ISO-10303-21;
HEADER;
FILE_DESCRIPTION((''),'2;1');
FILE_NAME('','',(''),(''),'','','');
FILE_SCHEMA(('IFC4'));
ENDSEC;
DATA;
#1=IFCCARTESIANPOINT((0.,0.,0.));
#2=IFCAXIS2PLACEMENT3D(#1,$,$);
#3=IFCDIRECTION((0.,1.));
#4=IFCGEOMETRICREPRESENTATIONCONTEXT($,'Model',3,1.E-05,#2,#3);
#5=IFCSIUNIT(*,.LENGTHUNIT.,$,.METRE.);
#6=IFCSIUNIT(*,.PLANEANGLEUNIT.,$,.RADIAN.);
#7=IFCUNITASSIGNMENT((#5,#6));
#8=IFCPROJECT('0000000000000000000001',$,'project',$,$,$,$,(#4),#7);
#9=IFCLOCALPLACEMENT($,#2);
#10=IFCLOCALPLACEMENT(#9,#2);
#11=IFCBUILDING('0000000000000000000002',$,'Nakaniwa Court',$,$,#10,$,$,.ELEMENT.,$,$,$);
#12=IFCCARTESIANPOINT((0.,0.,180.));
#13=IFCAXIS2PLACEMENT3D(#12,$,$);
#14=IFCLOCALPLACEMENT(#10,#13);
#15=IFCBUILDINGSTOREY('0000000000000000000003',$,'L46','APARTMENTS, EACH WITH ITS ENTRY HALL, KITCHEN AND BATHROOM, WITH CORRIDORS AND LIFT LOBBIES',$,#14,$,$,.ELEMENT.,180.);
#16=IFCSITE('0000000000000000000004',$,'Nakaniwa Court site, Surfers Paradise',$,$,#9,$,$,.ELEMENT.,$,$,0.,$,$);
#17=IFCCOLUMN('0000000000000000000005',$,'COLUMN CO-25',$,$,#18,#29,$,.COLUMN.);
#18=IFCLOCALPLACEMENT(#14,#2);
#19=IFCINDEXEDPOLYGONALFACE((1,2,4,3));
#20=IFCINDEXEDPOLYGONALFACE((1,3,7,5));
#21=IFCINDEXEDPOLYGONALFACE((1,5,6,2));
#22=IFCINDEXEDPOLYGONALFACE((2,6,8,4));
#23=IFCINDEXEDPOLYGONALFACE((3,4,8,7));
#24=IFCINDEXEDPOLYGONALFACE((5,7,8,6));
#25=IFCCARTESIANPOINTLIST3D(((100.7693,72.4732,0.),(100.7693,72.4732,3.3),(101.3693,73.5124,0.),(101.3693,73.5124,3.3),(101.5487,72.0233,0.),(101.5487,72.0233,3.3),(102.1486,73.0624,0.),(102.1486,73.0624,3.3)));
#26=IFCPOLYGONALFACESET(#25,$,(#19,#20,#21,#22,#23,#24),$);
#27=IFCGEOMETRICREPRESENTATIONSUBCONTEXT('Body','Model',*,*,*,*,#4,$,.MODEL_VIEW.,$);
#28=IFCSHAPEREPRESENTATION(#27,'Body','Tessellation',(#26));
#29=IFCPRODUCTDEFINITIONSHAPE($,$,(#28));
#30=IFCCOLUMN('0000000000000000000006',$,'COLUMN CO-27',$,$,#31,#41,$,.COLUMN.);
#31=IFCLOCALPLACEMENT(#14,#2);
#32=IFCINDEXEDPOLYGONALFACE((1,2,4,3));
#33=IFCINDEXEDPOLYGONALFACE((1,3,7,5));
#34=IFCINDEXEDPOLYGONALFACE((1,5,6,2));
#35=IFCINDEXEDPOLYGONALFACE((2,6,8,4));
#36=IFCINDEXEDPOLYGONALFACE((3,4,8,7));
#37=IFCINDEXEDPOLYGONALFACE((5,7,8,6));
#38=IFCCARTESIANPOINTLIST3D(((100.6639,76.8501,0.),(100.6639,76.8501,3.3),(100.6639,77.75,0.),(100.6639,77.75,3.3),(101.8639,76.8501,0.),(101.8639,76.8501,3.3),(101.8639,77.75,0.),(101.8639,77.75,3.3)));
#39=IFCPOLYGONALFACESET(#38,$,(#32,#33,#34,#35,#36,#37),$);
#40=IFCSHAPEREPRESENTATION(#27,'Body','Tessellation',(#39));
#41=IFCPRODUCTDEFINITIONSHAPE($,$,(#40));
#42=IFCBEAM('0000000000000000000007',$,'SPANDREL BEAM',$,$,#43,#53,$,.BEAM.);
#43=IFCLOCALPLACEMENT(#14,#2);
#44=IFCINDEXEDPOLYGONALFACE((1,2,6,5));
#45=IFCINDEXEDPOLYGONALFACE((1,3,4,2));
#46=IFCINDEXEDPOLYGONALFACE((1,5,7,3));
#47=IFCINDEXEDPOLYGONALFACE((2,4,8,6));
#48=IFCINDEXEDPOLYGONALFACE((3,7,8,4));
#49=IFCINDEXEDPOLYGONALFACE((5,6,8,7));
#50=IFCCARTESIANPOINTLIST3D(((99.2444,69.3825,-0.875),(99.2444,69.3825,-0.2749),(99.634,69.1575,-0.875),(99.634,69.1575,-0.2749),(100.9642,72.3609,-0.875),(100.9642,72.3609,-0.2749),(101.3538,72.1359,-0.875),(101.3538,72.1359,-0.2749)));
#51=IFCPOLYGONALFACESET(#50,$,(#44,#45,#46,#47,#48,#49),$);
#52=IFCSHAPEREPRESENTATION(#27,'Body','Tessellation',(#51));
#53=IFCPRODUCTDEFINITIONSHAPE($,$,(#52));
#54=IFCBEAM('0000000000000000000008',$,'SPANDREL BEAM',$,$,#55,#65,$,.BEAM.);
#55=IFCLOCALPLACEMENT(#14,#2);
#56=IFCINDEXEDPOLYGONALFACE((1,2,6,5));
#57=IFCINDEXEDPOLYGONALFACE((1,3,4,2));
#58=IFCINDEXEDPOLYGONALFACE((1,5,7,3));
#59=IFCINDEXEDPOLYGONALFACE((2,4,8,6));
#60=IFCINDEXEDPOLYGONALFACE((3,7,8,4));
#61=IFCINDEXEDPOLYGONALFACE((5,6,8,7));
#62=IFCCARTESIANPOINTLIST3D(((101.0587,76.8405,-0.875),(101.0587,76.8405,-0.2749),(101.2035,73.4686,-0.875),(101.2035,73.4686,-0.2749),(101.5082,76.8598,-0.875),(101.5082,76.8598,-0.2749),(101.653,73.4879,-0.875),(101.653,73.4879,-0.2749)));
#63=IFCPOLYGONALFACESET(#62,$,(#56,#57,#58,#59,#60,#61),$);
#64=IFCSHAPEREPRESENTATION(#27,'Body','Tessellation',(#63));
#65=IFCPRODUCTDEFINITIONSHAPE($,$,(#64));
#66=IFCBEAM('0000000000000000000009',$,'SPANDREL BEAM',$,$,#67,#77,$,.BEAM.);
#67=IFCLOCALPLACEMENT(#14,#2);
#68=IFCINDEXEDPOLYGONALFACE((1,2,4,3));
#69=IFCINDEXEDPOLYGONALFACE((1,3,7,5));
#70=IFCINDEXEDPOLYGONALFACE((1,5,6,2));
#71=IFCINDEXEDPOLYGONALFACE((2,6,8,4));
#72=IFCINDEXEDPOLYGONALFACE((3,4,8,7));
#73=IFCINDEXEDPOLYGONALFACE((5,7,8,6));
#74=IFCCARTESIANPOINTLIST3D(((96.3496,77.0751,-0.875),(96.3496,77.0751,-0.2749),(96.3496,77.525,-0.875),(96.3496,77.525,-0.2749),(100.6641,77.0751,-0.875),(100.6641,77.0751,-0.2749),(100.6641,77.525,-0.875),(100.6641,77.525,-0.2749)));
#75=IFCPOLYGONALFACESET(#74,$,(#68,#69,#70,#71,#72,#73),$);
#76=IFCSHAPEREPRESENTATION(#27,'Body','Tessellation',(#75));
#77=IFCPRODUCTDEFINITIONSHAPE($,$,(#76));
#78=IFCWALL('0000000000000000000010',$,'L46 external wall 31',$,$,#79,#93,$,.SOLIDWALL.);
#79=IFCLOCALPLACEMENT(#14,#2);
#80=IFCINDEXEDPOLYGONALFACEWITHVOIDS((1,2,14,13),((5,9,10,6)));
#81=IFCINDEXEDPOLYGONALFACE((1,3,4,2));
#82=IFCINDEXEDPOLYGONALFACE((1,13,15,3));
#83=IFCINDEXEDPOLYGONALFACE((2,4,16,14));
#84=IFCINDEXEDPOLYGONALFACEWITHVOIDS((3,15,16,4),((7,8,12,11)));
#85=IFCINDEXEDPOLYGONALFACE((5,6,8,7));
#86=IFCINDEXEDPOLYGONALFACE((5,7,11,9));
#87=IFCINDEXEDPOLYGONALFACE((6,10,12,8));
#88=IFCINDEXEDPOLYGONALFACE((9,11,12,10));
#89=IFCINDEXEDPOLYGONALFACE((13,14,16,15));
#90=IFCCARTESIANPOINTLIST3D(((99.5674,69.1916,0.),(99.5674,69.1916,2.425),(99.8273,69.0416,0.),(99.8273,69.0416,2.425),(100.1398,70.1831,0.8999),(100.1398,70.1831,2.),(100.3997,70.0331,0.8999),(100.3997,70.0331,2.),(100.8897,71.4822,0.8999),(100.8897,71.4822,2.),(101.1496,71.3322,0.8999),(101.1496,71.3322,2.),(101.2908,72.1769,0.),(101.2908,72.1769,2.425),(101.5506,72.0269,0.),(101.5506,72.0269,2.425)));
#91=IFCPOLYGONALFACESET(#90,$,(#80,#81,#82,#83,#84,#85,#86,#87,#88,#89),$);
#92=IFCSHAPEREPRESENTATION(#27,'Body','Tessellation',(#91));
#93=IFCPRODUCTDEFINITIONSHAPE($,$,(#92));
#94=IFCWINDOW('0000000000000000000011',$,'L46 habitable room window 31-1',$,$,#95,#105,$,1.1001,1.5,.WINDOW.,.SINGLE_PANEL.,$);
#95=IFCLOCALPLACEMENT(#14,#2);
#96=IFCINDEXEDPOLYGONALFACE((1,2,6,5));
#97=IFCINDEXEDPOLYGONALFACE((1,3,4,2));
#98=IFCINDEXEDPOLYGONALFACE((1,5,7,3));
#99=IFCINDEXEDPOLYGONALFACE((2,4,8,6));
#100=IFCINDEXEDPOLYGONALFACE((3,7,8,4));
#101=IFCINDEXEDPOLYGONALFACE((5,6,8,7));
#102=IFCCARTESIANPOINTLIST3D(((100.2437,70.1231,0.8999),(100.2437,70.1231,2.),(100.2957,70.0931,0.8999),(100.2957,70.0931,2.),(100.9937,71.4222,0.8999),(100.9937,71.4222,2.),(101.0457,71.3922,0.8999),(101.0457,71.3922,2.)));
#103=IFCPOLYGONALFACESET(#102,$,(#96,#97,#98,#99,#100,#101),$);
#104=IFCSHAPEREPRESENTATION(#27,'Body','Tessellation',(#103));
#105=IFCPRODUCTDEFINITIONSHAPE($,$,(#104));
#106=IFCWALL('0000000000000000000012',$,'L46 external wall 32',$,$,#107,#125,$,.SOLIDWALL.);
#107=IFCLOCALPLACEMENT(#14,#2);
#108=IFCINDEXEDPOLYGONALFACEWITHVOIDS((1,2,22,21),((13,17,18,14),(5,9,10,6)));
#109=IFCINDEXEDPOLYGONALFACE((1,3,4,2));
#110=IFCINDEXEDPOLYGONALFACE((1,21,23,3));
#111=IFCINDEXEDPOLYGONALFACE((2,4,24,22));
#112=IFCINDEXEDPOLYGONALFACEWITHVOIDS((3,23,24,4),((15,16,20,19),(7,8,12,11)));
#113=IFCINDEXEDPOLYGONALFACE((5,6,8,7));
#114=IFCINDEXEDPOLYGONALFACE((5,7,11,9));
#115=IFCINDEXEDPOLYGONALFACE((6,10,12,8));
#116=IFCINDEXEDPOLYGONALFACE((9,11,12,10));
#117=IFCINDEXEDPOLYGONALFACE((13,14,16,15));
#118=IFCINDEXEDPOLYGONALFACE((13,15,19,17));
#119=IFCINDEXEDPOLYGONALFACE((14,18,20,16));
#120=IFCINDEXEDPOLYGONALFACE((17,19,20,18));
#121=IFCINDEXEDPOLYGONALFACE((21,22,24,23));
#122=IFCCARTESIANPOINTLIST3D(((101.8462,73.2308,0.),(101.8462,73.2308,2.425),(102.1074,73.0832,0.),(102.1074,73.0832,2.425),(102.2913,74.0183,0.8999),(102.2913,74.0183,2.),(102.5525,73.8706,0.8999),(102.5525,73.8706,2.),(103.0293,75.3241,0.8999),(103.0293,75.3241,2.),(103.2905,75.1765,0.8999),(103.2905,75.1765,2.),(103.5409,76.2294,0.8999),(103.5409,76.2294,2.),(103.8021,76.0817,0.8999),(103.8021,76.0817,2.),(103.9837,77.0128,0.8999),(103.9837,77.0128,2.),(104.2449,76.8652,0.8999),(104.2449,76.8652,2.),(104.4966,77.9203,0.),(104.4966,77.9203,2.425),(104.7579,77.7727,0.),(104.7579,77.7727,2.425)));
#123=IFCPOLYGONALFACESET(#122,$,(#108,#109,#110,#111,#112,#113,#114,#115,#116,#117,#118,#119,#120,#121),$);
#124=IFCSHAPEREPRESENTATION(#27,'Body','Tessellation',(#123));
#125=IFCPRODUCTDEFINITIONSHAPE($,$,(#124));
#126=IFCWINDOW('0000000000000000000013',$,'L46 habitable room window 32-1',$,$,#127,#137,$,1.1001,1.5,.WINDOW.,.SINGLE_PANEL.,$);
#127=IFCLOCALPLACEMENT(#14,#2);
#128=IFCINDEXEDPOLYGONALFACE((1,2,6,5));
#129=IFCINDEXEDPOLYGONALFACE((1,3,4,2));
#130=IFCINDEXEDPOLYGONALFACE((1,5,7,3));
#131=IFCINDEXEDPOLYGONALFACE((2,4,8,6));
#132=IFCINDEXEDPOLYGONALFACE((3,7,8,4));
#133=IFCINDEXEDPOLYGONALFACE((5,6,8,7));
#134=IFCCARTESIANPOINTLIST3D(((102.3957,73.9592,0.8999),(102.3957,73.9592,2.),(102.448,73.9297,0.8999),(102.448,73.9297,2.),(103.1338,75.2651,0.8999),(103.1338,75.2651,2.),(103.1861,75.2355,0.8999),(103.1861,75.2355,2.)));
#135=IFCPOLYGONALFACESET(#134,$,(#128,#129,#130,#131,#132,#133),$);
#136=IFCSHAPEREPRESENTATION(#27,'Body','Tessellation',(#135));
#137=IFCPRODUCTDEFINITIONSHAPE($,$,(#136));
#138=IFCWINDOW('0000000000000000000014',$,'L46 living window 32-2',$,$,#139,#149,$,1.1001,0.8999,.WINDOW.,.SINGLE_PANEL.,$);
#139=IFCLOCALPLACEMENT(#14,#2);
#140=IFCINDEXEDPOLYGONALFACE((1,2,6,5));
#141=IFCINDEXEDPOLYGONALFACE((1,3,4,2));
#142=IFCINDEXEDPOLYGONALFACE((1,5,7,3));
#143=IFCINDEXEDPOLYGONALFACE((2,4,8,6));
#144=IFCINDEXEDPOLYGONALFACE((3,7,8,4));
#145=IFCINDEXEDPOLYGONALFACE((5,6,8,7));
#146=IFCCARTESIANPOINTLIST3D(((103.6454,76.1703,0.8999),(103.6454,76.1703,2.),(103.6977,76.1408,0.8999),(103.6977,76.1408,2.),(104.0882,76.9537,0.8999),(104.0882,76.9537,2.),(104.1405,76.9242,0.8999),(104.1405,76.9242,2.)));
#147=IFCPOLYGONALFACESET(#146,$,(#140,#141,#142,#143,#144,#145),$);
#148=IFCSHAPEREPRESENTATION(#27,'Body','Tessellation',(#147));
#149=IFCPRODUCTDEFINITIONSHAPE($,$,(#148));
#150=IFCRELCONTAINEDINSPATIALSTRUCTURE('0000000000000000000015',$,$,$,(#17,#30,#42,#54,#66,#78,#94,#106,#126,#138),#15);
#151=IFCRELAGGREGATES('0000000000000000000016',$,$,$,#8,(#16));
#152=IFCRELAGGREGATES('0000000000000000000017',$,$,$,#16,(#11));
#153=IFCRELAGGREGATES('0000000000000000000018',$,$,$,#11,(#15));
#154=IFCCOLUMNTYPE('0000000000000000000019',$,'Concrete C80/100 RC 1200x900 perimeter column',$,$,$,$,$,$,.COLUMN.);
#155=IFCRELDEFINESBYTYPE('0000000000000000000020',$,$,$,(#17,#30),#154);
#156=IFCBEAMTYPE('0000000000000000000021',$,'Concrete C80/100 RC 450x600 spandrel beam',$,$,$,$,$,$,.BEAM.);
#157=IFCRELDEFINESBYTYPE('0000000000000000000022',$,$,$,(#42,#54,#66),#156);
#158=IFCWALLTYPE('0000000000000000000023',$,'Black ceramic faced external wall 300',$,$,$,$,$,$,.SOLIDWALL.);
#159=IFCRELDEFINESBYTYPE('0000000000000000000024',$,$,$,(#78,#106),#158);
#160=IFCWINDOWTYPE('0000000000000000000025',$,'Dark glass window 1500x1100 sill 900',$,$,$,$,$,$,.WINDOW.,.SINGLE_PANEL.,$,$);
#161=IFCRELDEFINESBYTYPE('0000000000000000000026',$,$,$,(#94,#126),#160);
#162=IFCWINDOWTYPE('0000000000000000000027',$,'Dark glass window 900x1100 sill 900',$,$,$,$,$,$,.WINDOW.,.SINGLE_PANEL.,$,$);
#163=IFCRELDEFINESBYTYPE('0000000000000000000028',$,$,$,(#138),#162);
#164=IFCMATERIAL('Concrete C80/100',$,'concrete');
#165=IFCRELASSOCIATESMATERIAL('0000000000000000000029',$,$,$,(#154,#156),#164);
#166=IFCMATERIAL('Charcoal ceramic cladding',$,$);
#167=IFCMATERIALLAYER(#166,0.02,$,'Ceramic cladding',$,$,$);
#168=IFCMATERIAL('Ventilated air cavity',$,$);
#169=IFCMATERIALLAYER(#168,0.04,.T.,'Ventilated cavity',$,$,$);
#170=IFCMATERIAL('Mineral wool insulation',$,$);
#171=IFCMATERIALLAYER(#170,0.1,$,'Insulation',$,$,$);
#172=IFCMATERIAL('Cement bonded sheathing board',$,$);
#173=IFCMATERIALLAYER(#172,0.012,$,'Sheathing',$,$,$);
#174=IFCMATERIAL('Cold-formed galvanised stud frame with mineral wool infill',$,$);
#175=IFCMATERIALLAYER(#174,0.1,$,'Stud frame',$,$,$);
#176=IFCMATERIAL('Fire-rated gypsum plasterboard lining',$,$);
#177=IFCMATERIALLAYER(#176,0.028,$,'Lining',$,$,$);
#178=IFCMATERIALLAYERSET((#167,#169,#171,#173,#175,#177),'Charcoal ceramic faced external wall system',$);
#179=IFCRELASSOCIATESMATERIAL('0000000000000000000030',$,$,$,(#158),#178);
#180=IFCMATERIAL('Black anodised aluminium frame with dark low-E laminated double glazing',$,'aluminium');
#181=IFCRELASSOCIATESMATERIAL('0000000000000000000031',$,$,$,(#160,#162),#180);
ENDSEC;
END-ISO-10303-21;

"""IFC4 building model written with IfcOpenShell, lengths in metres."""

from ifc_helpers import new_model, si_unit, direction, frame, frame_2d, origin, origin_2d, place, context, subcontext, project, spatial, rectangle, extrude, material, layer, layer_set, material_profile, profile_set, type_object, element, fill, save


model = new_model("IFC4")

# Units and contexts
model_context = context("Model", 3, precision=1e-05, world=origin(), true_north=direction((0.0, 1.0)))
body_context = subcontext(model_context, "Body", "Model", "MODEL_VIEW")
ifc_project = project(units=[si_unit("LENGTHUNIT", "METRE"), si_unit("PLANEANGLEUNIT", "RADIAN")], contexts=[model_context])

# Site, building, storey
site_placement = place(None, origin())
site = spatial("IfcSite", under=ifc_project, at=site_placement, Name="Nakaniwa Court site, Surfers Paradise", CompositionType="ELEMENT", RefElevation=0.0)
building_placement = place(site_placement, origin())
building = spatial("IfcBuilding", under=site, at=building_placement, Name="Nakaniwa Court", CompositionType="ELEMENT")
storey_placement = place(building_placement, frame((0.0, 0.0, 180.0)))
storey = spatial("IfcBuildingStorey", under=building, at=storey_placement, Name="L46", Description="APARTMENTS, EACH WITH ITS ENTRY HALL, KITCHEN AND BATHROOM, WITH CORRIDORS AND LIFT LOBBIES", CompositionType="ELEMENT", Elevation=180.0)

# Columns
ifc_material_1 = material(Name="Concrete C80/100", Category="concrete")
ifc_material_profile_1 = material_profile(ifc_material_1, rectangle(XDim=1.2, YDim=0.8999, at=origin_2d()), Name="Concrete C80/100 RC 1200x900 perimeter column")
ifc_profile_set_1 = profile_set([ifc_material_profile_1], Name="Concrete C80/100")
column_type = type_object("IfcColumnType", Name="Concrete C80/100 RC 1200x900 perimeter column", PredefinedType="COLUMN", material=ifc_profile_set_1)
for number, where, z_axis, x_axis, name in (
    (1, (101.459, 72.7678, 0.0), (0.0, 0.0, 1.0), (0.5, 0.866025, 0.0), "COLUMN CO-25"),
    (2, (101.2639, 77.3, 0.0), (0.0, 0.0, 1.0), (-1.0, 0.0, 0.0), "COLUMN CO-27"),
):
    element("IfcColumn", number, at=place(storey_placement, frame(where, z_axis=z_axis, x_axis=x_axis)), inside=storey, type_object=column_type, Name=name, PredefinedType="COLUMN", context=body_context, shape_type="SweptSolid", body=[
        extrude(rectangle(XDim=1.2, YDim=0.8999, at=origin_2d()), origin(), (0.0, 0.0, 1.0), 3.3),
    ])

# Beams
ifc_material_profile_2 = material_profile(ifc_material_1, rectangle(XDim=0.45, YDim=0.6001, at=origin_2d()), Name="Concrete C80/100 RC 450x600 spandrel beam")
ifc_profile_set_2 = profile_set([ifc_material_profile_2], Name="Concrete C80/100")
beam_type = type_object("IfcBeamType", Name="Concrete C80/100 RC 450x600 spandrel beam", PredefinedType="BEAM", material=ifc_profile_set_2)
beam_1_placement = place(storey_placement, frame((99.4392, 69.27, -0.575), z_axis=(0.500048, 0.865998, 0.0), x_axis=(-0.865998, 0.500048, 0.0)))
element("IfcBeam", 3, at=beam_1_placement, inside=storey, type_object=beam_type, Name="SPANDREL BEAM", PredefinedType="BEAM", context=body_context, shape_type="SweptSolid", body=[
    extrude(rectangle(XDim=0.45, YDim=0.6001, at=origin_2d()), origin(), (0.0, 0.0, 1.0), 3.4392),
])
beam_2_placement = place(storey_placement, frame((101.4282, 73.4783, -0.575), z_axis=(-0.042897, 0.999079, 0.0), x_axis=(-0.999079, -0.042897, 0.0)))
element("IfcBeam", 4, at=beam_2_placement, inside=storey, type_object=beam_type, Name="SPANDREL BEAM", PredefinedType="BEAM", context=body_context, shape_type="SweptSolid", body=[
    extrude(rectangle(XDim=0.45, YDim=0.6001, at=origin_2d()), origin(), (0.0, 0.0, 1.0), 3.375),
])
beam_3_placement = place(storey_placement, frame((100.6641, 77.3, -0.575), z_axis=(-1.0, 0.0, 0.0), x_axis=(0.0, -1.0, 0.0)))
element("IfcBeam", 5, at=beam_3_placement, inside=storey, type_object=beam_type, Name="SPANDREL BEAM", PredefinedType="BEAM", context=body_context, shape_type="SweptSolid", body=[
    extrude(rectangle(XDim=0.45, YDim=0.6001, at=origin_2d()), origin(), (0.0, 0.0, 1.0), 4.3145),
])

# Wall, opening, window
ifc_material_2 = material(Name="Charcoal ceramic cladding")
ifc_layer_1 = layer(ifc_material_2, 0.02, Name="Ceramic cladding")
ifc_material_3 = material(Name="Ventilated air cavity")
ifc_layer_2 = layer(ifc_material_3, 0.04, ventilated=True, Name="Ventilated cavity")
ifc_material_4 = material(Name="Mineral wool insulation")
ifc_layer_3 = layer(ifc_material_4, 0.1, Name="Insulation")
ifc_material_5 = material(Name="Cement bonded sheathing board")
ifc_layer_4 = layer(ifc_material_5, 0.012, Name="Sheathing")
ifc_material_6 = material(Name="Cold-formed galvanised stud frame with mineral wool infill")
ifc_layer_5 = layer(ifc_material_6, 0.1, Name="Stud frame")
ifc_material_7 = material(Name="Fire-rated gypsum plasterboard lining")
ifc_layer_6 = layer(ifc_material_7, 0.028, Name="Lining")
ifc_layer_set_1 = layer_set([ifc_layer_1, ifc_layer_2, ifc_layer_3, ifc_layer_4, ifc_layer_5, ifc_layer_6], Name="Charcoal ceramic faced external wall system")
wall_type_1 = type_object("IfcWallType", Name="Black ceramic faced external wall 300", PredefinedType="SOLIDWALL", material=ifc_layer_set_1)
wall_1_placement = place(storey_placement, frame((99.6973, 69.1165, 0.0), z_axis=(0.0, 0.0, 1.0), x_axis=(0.499955, 0.866051, 0.0)))
wall_1 = element("IfcWall", 6, at=wall_1_placement, inside=storey, type_object=wall_type_1, Name="L46 external wall 31", PredefinedType="SOLIDWALL", context=body_context, shape_type="SweptSolid", body=[
    extrude(rectangle(XDim=3.447, YDim=0.3, at=frame_2d((1.7236, 0.0))), origin(), (0.0, 0.0, 1.0), 2.425),
])
opening_1_placement = place(wall_1_placement, frame((1.145, 0.0, 0.8999)))
opening_1 = element("IfcOpeningElement", 7, at=opening_1_placement, cuts=wall_1, PredefinedType="OPENING", context=body_context, shape_type="SweptSolid", body=[
    extrude(rectangle(XDim=1.5, YDim=1.1001, at=frame_2d((0.75, 0.55))), frame((0.0, 0.1599, 0.0), z_axis=(0.0, -1.0, 0.0), x_axis=(1.0, 0.0, 0.0)), (0.0, 0.0, 1.0), 0.3201),
])
ifc_material_8 = material(Name="Black anodised aluminium frame with dark low-E laminated double glazing", Category="aluminium")
window_type_1 = type_object("IfcWindowType", Name="Dark glass window 1500x1100 sill 900", PartitioningType="SINGLE_PANEL", PredefinedType="WINDOW", material=ifc_material_8)
window_1_placement = place(opening_1_placement, origin())
window_1 = element("IfcWindow", 8, at=window_1_placement, inside=storey, type_object=window_type_1, Name="L46 habitable room window 31-1", OverallHeight=1.1001, OverallWidth=1.5, PartitioningType="SINGLE_PANEL", PredefinedType="WINDOW", context=body_context, shape_type="SweptSolid", body=[
    extrude(rectangle(XDim=1.5, YDim=1.1001, at=frame_2d((0.75, 0.55))), frame((0.0, 0.03, 0.0), z_axis=(0.0, -1.0, 0.0), x_axis=(1.0, 0.0, 0.0)), (0.0, 0.0, 1.0), 0.0601),
])
fill(opening_1, window_1)

# Wall, openings, windows
wall_2_placement = place(storey_placement, frame((101.9768, 73.157, 0.0), z_axis=(0.0, 0.0, 1.0), x_axis=(0.492033, 0.870576, 0.0)))
wall_2 = element("IfcWall", 9, at=wall_2_placement, inside=storey, type_object=wall_type_1, Name="L46 external wall 32", PredefinedType="SOLIDWALL", context=body_context, shape_type="SweptSolid", body=[
    extrude(rectangle(XDim=5.3867, YDim=0.3, at=frame_2d((2.6934, 0.0))), origin(), (0.0, 0.0, 1.0), 2.425),
])
opening_2_placement = place(wall_2_placement, frame((0.9045, 0.0, 0.8999)))
opening_2 = element("IfcOpeningElement", 10, at=opening_2_placement, cuts=wall_2, PredefinedType="OPENING", context=body_context, shape_type="SweptSolid", body=[
    extrude(rectangle(XDim=1.5, YDim=1.1001, at=frame_2d((0.75, 0.55))), frame((0.0, 0.1599, 0.0), z_axis=(0.0, -1.0, 0.0), x_axis=(1.0, 0.0, 0.0)), (0.0, 0.0, 1.0), 0.3201),
])
opening_3_placement = place(wall_2_placement, frame((3.4443, 0.0, 0.8999)))
opening_3 = element("IfcOpeningElement", 11, at=opening_3_placement, cuts=wall_2, PredefinedType="OPENING", context=body_context, shape_type="SweptSolid", body=[
    extrude(rectangle(XDim=0.8999, YDim=1.1001, at=frame_2d((0.45, 0.55))), frame((0.0, 0.1599, 0.0), z_axis=(0.0, -1.0, 0.0), x_axis=(1.0, 0.0, 0.0)), (0.0, 0.0, 1.0), 0.3201),
])
window_2_placement = place(opening_2_placement, origin())
window_2 = element("IfcWindow", 12, at=window_2_placement, inside=storey, type_object=window_type_1, Name="L46 habitable room window 32-1", OverallHeight=1.1001, OverallWidth=1.5, PartitioningType="SINGLE_PANEL", PredefinedType="WINDOW", context=body_context, shape_type="SweptSolid", body=[
    extrude(rectangle(XDim=1.5, YDim=1.1001, at=frame_2d((0.75, 0.55))), frame((0.0, 0.03, 0.0), z_axis=(0.0, -1.0, 0.0), x_axis=(1.0, 0.0, 0.0)), (0.0, 0.0, 1.0), 0.0601),
])
fill(opening_2, window_2)
window_type_2 = type_object("IfcWindowType", Name="Dark glass window 900x1100 sill 900", PartitioningType="SINGLE_PANEL", PredefinedType="WINDOW", material=ifc_material_8)
window_3_placement = place(opening_3_placement, origin())
window_3 = element("IfcWindow", 13, at=window_3_placement, inside=storey, type_object=window_type_2, Name="L46 living window 32-2", OverallHeight=1.1001, OverallWidth=0.8999, PartitioningType="SINGLE_PANEL", PredefinedType="WINDOW", context=body_context, shape_type="SweptSolid", body=[
    extrude(rectangle(XDim=0.8999, YDim=1.1001, at=frame_2d((0.45, 0.55))), frame((0.0, 0.03, 0.0), z_axis=(0.0, -1.0, 0.0), x_axis=(1.0, 0.0, 0.0)), (0.0, 0.0, 1.0), 0.0601),
])
fill(opening_3, window_3)

save(model, "model.ifc")
